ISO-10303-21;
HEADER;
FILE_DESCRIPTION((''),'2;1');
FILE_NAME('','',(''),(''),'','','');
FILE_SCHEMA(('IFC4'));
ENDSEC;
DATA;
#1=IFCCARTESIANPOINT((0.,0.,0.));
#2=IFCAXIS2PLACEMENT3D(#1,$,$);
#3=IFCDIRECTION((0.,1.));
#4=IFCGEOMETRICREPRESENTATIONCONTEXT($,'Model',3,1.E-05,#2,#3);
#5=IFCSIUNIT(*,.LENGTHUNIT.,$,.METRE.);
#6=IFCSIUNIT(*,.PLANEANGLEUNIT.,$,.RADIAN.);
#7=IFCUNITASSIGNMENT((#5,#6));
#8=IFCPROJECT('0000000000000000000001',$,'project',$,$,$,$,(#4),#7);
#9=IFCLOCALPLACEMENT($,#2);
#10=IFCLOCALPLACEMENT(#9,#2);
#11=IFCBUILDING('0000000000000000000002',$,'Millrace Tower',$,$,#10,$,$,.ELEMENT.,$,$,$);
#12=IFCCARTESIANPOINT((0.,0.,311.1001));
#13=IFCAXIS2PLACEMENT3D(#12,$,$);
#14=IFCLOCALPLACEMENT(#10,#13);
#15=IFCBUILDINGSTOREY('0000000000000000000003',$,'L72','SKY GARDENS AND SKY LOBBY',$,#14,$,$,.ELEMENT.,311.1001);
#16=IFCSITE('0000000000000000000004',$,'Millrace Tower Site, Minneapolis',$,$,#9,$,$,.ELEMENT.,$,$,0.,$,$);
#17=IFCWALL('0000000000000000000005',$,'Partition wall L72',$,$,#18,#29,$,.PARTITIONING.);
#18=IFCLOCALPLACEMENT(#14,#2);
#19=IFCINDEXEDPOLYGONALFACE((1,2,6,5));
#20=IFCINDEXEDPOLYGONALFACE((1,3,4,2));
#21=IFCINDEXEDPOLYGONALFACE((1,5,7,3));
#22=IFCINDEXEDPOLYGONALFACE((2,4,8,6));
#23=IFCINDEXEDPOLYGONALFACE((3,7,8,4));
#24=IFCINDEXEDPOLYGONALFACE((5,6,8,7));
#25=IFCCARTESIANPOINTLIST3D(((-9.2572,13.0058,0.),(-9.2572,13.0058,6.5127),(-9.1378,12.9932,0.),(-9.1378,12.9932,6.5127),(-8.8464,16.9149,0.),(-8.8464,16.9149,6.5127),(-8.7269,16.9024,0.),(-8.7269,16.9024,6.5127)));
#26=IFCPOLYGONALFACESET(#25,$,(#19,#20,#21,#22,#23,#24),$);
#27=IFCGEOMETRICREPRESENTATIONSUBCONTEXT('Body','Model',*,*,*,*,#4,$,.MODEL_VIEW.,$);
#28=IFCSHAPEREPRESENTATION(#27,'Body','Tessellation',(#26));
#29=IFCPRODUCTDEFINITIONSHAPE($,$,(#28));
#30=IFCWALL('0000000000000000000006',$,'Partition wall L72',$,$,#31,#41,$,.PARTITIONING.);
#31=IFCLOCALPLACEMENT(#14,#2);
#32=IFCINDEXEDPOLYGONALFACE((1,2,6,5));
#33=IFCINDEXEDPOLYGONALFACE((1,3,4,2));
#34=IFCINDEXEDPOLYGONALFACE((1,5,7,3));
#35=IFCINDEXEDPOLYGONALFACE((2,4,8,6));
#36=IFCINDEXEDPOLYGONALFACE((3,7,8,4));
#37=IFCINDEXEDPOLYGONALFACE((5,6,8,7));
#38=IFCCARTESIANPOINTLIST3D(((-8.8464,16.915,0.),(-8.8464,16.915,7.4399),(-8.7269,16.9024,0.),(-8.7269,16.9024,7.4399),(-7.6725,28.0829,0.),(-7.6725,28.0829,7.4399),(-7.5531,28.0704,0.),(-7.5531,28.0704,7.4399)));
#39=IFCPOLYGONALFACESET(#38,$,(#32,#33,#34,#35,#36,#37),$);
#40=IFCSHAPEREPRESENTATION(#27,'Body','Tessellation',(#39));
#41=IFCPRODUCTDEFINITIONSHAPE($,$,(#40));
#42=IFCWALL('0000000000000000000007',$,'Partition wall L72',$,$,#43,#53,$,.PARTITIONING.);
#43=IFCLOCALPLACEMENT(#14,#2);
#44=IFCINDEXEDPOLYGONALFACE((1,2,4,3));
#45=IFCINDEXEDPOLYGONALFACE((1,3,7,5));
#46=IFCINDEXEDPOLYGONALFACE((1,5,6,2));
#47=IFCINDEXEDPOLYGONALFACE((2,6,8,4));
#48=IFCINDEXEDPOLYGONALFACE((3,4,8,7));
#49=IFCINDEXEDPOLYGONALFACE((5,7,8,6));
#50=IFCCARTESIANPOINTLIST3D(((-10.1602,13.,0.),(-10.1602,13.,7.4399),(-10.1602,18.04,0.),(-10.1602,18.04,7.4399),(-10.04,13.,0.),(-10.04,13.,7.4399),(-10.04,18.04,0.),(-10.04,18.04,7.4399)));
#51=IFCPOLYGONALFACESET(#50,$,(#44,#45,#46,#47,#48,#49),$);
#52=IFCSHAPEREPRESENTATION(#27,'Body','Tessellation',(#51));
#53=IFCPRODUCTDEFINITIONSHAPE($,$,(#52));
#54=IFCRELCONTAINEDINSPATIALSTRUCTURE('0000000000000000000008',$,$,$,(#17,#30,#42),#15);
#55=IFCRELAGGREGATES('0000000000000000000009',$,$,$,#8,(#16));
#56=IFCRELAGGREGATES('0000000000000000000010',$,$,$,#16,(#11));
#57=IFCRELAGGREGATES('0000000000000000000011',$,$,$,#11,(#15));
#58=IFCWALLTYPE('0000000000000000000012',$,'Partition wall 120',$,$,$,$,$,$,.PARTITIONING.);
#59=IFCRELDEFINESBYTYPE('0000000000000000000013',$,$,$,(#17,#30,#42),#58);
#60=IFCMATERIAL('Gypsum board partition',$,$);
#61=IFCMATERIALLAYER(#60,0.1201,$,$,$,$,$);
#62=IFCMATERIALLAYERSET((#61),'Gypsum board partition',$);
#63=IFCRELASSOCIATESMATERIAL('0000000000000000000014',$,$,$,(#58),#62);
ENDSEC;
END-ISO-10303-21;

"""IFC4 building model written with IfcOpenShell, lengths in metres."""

from ifc_helpers import new_model, si_unit, direction, frame, frame_2d, origin, place, context, subcontext, project, spatial, rectangle, extrude, material, layer, layer_set, type_object, element, save


model = new_model("IFC4")

# Units and contexts
model_context = context("Model", 3, precision=1e-05, world=origin(), true_north=direction((0.0, 1.0)))
body_context = subcontext(model_context, "Body", "Model", "MODEL_VIEW")
ifc_project = project(units=[si_unit("LENGTHUNIT", "METRE"), si_unit("PLANEANGLEUNIT", "RADIAN")], contexts=[model_context])

# Site, building, storey
site_placement = place(None, origin())
site = spatial("IfcSite", under=ifc_project, at=site_placement, Name="Millrace Tower Site, Minneapolis", CompositionType="ELEMENT", RefElevation=0.0)
building_placement = place(site_placement, origin())
building = spatial("IfcBuilding", under=site, at=building_placement, Name="Millrace Tower", CompositionType="ELEMENT")
storey_placement = place(building_placement, frame((0.0, 0.0, 311.1001)))
storey = spatial("IfcBuildingStorey", under=building, at=storey_placement, Name="L72", Description="SKY GARDENS AND SKY LOBBY", CompositionType="ELEMENT", Elevation=311.1001)

# Walls
ifc_material_1 = material(Name="Gypsum board partition")
ifc_layer_1 = layer(ifc_material_1, 0.1201)
ifc_layer_set_1 = layer_set([ifc_layer_1], Name="Gypsum board partition")
wall_type_1 = type_object("IfcWallType", Name="Partition wall 120", PredefinedType="PARTITIONING", material=ifc_layer_set_1)
wall_1_placement = place(storey_placement, frame((-9.1975, 12.9995, 0.0), z_axis=(0.0, 0.0, 1.0), x_axis=(0.104533, 0.994521, 0.0)))
element("IfcWall", 1, at=wall_1_placement, inside=storey, type_object=wall_type_1, Name="Partition wall L72", PredefinedType="PARTITIONING", context=body_context, shape_type="SweptSolid", body=[
    extrude(rectangle(XDim=3.9307, YDim=0.1201, at=frame_2d((1.9653, 0.0))), origin(), (0.0, 0.0, 1.0), 6.5127),
])
wall_2_placement = place(storey_placement, frame((-8.7866, 16.9087, 0.0), z_axis=(0.0, 0.0, 1.0), x_axis=(0.104531, 0.994522, 0.0)))
element("IfcWall", 2, at=wall_2_placement, inside=storey, type_object=wall_type_1, Name="Partition wall L72", PredefinedType="PARTITIONING", context=body_context, shape_type="SweptSolid", body=[
    extrude(rectangle(XDim=11.2295, YDim=0.1201, at=frame_2d((5.6147, 0.0))), origin(), (0.0, 0.0, 1.0), 7.4399),
])
wall_3_placement = place(storey_placement, frame((-10.1001, 13.0, 0.0), z_axis=(0.0, 0.0, 1.0), x_axis=(0.0, 1.0, 0.0)))
element("IfcWall", 3, at=wall_3_placement, inside=storey, type_object=wall_type_1, Name="Partition wall L72", PredefinedType="PARTITIONING", context=body_context, shape_type="SweptSolid", body=[
    extrude(rectangle(XDim=5.04, YDim=0.1201, at=frame_2d((2.52, 0.0))), origin(), (0.0, 0.0, 1.0), 7.4399),
])

save(model, "model.ifc")
